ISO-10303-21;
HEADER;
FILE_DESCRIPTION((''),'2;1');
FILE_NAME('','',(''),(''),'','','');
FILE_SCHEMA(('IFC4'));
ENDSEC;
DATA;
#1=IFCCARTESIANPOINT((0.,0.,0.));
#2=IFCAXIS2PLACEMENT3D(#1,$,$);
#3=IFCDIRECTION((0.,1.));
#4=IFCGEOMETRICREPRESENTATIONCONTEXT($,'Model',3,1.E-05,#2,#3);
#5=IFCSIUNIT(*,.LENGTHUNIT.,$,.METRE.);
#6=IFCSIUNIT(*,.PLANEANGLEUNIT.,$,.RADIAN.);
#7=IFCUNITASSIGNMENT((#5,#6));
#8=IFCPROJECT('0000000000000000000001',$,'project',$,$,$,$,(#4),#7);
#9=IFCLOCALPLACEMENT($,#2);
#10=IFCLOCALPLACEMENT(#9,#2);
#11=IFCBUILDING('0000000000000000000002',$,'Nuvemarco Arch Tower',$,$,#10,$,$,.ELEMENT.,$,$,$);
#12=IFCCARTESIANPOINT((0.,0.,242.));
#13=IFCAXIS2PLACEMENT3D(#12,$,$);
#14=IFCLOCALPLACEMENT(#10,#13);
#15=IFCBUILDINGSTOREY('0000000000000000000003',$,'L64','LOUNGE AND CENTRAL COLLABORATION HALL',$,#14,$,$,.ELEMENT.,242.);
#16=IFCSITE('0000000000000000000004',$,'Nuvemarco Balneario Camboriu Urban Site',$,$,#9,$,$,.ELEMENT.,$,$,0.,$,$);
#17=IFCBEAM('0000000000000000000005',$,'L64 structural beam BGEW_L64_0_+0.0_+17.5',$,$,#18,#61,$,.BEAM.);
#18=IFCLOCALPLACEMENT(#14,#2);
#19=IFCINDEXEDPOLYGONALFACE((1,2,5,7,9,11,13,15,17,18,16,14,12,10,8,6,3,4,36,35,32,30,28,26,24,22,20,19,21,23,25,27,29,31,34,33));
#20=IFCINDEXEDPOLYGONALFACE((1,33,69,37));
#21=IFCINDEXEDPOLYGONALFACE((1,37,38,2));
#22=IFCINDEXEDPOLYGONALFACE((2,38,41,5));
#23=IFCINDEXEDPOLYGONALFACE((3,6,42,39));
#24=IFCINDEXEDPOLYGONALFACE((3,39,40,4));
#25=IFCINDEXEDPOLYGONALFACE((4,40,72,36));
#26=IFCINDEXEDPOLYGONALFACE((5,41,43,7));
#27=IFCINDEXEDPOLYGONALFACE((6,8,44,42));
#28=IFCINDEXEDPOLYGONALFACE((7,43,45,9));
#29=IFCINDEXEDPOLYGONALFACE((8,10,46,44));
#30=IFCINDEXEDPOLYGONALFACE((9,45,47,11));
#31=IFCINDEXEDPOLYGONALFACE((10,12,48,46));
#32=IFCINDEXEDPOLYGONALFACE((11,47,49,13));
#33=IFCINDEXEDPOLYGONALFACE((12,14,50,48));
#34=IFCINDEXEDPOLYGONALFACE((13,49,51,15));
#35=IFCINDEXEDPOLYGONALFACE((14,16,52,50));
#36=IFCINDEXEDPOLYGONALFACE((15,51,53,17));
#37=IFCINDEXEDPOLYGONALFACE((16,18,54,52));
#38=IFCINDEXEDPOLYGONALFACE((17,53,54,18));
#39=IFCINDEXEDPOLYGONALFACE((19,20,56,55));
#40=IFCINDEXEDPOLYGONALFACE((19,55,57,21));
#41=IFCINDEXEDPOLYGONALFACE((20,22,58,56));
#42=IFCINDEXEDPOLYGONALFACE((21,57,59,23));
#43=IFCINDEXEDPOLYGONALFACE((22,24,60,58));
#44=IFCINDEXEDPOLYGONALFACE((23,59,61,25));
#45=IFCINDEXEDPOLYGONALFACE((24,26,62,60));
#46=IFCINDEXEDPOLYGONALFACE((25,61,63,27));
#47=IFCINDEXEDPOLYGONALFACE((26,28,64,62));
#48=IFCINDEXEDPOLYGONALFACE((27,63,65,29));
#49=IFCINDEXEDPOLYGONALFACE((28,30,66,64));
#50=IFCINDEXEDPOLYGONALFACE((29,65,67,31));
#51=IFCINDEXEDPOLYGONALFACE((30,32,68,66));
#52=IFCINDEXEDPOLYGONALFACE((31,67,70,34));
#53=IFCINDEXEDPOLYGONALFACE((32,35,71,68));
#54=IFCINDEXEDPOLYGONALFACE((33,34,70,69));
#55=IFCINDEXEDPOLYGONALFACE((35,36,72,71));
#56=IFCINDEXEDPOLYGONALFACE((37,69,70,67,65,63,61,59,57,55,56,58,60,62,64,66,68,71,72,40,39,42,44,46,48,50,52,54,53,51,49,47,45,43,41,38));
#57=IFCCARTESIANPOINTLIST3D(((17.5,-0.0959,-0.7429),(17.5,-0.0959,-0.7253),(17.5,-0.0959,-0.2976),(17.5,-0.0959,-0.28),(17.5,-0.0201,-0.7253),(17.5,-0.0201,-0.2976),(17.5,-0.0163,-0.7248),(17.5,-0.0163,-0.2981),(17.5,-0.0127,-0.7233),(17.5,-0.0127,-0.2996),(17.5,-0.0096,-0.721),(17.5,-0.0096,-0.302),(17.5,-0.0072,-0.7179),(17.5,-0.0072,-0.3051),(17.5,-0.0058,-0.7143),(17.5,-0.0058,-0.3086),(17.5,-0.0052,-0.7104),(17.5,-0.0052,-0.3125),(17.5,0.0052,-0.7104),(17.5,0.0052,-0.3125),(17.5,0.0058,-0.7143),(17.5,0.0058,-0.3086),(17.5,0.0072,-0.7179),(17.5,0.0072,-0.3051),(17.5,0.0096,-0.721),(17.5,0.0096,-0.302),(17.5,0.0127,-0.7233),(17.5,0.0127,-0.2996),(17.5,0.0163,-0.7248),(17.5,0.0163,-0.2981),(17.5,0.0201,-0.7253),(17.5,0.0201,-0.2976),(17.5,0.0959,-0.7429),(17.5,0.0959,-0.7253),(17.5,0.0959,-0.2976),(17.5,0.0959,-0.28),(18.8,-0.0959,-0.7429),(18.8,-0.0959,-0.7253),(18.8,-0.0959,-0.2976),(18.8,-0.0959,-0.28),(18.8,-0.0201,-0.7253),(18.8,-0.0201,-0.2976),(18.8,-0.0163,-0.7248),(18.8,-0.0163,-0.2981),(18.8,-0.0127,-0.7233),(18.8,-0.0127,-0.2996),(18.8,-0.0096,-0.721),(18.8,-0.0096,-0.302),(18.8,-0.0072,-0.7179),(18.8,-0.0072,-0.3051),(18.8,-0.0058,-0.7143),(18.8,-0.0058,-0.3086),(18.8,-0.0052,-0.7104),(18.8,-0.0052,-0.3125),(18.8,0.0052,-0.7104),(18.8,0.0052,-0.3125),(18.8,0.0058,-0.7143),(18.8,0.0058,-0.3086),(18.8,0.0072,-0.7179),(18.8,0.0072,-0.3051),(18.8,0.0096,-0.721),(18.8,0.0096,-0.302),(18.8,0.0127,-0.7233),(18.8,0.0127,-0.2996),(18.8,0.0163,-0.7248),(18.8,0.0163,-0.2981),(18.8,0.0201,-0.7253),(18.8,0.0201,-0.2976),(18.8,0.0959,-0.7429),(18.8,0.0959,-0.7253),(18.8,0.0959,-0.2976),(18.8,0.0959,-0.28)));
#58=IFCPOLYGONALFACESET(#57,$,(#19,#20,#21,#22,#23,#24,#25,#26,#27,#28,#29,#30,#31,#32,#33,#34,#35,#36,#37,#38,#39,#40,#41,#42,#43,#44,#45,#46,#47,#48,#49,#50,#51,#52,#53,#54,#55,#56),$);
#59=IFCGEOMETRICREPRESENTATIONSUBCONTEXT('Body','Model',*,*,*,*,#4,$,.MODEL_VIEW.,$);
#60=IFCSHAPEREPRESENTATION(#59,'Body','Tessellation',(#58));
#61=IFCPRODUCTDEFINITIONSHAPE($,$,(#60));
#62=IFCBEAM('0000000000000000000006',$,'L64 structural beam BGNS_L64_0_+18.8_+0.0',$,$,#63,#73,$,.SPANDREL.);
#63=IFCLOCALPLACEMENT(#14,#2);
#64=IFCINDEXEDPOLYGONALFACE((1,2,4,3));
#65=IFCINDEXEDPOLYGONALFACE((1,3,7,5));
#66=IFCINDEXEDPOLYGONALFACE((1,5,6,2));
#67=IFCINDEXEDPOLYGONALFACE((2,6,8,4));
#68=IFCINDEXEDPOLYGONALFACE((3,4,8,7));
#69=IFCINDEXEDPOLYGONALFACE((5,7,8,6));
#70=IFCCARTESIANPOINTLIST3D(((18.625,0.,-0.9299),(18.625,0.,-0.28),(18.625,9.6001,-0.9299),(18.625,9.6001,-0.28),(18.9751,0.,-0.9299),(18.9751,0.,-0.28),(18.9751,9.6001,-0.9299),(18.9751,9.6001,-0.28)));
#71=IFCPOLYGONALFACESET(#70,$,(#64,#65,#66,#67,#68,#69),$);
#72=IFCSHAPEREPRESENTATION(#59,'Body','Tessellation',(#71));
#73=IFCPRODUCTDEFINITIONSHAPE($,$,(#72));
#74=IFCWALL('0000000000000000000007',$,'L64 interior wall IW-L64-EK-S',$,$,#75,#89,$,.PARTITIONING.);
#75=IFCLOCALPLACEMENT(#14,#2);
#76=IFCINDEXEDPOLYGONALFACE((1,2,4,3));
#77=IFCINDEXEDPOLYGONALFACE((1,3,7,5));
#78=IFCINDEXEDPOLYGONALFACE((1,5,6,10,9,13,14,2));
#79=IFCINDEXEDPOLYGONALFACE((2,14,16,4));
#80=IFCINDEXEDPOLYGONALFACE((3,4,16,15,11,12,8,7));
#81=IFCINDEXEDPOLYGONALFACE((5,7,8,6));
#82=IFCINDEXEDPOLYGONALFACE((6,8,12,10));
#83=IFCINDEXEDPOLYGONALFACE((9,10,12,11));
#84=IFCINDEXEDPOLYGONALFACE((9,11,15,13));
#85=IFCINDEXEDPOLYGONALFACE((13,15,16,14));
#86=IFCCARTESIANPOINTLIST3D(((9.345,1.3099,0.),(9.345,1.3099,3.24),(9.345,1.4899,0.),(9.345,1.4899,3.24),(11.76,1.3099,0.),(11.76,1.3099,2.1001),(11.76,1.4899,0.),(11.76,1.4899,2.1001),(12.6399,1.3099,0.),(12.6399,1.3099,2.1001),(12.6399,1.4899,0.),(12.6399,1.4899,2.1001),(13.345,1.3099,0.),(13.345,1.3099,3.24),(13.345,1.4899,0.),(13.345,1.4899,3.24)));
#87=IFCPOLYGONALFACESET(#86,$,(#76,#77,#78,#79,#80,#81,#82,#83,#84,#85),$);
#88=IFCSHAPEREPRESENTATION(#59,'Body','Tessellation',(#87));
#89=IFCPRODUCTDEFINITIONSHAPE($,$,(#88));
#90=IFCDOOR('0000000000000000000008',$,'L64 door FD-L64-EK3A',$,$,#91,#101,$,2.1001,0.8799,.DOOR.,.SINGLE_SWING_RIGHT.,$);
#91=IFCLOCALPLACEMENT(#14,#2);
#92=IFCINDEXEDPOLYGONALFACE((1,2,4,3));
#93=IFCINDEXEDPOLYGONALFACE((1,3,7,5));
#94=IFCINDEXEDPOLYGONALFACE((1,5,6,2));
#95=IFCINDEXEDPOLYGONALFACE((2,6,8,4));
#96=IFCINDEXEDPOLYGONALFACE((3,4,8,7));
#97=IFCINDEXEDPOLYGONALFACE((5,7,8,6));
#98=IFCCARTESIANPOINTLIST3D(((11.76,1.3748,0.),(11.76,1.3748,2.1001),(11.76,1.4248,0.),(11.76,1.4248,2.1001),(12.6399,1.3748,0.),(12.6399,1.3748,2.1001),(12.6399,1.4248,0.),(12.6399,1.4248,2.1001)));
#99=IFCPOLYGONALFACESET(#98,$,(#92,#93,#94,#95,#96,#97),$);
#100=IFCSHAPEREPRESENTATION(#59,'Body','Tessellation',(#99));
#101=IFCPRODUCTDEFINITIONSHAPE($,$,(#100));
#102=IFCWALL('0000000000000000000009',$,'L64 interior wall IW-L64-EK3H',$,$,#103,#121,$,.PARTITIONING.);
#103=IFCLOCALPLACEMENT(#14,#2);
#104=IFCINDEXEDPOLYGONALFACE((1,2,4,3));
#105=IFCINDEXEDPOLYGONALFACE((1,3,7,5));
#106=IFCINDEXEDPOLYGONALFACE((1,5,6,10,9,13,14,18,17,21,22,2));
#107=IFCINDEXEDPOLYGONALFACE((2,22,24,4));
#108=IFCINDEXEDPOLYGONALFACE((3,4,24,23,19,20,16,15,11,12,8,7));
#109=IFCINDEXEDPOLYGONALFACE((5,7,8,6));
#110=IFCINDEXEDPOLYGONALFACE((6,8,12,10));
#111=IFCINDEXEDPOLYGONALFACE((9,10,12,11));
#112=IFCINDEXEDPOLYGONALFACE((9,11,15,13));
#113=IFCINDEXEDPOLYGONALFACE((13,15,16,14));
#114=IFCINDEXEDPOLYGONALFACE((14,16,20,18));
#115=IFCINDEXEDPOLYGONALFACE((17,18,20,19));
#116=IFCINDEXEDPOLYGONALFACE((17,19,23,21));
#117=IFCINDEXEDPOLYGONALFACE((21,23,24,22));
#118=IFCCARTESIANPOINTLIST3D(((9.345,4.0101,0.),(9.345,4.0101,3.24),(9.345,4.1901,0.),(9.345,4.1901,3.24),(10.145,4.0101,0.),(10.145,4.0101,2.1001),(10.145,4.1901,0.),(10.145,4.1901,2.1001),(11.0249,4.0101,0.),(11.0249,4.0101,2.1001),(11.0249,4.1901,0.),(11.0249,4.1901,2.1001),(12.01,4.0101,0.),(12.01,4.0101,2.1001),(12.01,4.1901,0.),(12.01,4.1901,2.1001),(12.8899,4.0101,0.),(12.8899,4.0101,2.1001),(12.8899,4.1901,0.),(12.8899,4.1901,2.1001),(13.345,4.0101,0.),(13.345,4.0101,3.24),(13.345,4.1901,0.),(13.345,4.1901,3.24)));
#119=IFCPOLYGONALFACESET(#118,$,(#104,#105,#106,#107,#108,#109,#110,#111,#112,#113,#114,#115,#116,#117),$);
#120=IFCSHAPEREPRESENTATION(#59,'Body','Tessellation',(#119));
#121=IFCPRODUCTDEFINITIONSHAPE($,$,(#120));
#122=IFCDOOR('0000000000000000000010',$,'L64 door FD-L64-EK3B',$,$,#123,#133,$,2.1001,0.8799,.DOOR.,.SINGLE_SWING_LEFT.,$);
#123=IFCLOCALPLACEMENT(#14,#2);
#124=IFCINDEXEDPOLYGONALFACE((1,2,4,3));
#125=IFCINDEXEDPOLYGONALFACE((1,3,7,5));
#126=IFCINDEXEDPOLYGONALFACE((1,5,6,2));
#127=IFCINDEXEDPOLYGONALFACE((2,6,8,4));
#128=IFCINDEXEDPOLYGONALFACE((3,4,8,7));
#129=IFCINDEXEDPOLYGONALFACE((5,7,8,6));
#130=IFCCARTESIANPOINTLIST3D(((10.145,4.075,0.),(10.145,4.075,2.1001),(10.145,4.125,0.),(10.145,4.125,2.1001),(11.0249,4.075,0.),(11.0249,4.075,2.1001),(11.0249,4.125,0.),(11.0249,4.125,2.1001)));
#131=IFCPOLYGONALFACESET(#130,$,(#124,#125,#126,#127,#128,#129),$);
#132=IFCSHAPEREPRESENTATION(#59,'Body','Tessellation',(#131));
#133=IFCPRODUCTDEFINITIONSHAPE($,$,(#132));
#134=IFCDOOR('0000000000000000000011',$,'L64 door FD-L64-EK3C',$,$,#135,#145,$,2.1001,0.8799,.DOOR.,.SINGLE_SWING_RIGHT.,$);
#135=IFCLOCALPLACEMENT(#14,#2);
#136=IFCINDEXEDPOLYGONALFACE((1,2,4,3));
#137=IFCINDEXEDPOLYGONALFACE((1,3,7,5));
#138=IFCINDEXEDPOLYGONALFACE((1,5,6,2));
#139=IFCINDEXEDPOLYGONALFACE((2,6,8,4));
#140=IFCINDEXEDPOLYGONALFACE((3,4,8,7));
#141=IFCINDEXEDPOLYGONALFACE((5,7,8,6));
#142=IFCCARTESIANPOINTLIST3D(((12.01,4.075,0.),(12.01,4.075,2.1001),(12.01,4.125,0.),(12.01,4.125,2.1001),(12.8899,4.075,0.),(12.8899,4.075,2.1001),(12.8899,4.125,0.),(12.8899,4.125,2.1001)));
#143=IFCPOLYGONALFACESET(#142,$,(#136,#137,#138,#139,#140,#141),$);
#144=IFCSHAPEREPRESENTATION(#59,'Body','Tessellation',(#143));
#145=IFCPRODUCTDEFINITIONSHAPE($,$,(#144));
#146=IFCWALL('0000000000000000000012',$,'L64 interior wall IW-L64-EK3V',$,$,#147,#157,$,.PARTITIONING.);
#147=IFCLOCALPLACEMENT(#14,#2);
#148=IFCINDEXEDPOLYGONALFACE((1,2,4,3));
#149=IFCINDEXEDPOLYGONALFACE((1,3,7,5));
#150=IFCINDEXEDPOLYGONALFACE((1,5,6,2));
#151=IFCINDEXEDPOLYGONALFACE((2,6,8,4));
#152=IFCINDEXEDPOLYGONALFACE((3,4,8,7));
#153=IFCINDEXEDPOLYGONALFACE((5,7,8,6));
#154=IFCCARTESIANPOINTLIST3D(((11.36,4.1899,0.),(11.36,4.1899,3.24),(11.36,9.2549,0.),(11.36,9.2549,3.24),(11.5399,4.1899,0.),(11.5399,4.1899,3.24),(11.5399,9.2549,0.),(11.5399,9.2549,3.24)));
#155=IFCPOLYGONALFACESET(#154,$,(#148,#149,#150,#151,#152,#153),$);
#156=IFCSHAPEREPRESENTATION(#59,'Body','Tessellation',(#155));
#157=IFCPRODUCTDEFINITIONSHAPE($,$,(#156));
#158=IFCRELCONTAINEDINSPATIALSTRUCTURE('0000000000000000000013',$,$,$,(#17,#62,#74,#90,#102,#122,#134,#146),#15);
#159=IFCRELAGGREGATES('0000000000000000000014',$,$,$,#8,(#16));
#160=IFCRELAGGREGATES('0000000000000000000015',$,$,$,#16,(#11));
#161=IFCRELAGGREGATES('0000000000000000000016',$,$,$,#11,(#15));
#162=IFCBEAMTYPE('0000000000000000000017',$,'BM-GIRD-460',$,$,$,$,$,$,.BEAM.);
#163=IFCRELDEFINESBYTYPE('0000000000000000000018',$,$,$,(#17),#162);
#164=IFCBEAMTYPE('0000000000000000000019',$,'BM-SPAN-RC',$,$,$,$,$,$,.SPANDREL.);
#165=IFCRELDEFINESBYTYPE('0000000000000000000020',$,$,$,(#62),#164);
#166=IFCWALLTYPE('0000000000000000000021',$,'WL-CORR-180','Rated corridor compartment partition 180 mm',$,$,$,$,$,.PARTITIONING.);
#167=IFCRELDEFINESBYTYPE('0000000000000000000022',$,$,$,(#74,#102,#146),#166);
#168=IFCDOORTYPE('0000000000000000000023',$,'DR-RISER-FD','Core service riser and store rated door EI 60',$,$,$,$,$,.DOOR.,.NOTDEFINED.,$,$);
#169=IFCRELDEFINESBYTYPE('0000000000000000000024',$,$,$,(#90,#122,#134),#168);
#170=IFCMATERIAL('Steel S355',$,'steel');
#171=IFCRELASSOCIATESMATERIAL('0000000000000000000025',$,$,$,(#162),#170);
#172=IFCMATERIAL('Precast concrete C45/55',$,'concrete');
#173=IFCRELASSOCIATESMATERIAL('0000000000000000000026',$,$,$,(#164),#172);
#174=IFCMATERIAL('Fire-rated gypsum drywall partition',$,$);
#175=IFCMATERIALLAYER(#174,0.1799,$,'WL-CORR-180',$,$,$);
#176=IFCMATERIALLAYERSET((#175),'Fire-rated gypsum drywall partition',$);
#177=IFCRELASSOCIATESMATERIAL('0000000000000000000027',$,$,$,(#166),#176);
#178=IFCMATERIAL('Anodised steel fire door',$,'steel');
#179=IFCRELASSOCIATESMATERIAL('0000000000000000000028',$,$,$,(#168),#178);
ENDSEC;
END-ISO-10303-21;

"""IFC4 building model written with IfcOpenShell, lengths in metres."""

from ifc_helpers import new_model, si_unit, direction, frame, frame_2d, origin, origin_2d, place, context, subcontext, project, spatial, rectangle, i_section, extrude, source, transform, mapped, material, layer, layer_set, material_profile, profile_set, type_object, type_shapes, element, fill, save


model = new_model("IFC4")

# Units and contexts
model_context = context("Model", 3, precision=1e-05, world=origin(), true_north=direction((0.0, 1.0)))
body_context = subcontext(model_context, "Body", "Model", "MODEL_VIEW")
ifc_project = project(units=[si_unit("LENGTHUNIT", "METRE"), si_unit("PLANEANGLEUNIT", "RADIAN")], contexts=[model_context])

# Site, building, storey
site_placement = place(None, origin())
site = spatial("IfcSite", under=ifc_project, at=site_placement, Name="Nuvemarco Balneario Camboriu Urban Site", CompositionType="ELEMENT", RefElevation=0.0)
building_placement = place(site_placement, origin())
building = spatial("IfcBuilding", under=site, at=building_placement, Name="Nuvemarco Arch Tower", CompositionType="ELEMENT")
storey_placement = place(building_placement, frame((0.0, 0.0, 242.0)))
storey = spatial("IfcBuildingStorey", under=building, at=storey_placement, Name="L64", Description="LOUNGE AND CENTRAL COLLABORATION HALL", CompositionType="ELEMENT", Elevation=242.0)

# Shared definitions
ifc_material_1 = material(Name="Steel S355", Category="steel")

# Beams
ifc_material_profile_1 = material_profile(ifc_material_1, i_section(OverallWidth=0.1919, OverallDepth=0.4629, WebThickness=0.0105, FlangeThickness=0.0176, FilletRadius=0.0149, at=origin_2d()), Name="W460x89")
ifc_profile_set_1 = profile_set([ifc_material_profile_1], Name="Steel S355")
beam_type_1 = type_object("IfcBeamType", Name="BM-GIRD-460", PredefinedType="BEAM", material=ifc_profile_set_1)
beam_1_placement = place(storey_placement, frame((17.5, 0.0, -0.5115), z_axis=(1.0, 0.0, 0.0), x_axis=(0.0, 1.0, 0.0)))
element("IfcBeam", 1, at=beam_1_placement, inside=storey, type_object=beam_type_1, Name="L64 structural beam BGEW_L64_0_+0.0_+17.5", PredefinedType="BEAM", context=body_context, shape_type="SweptSolid", body=[
    extrude(i_section(OverallWidth=0.1919, OverallDepth=0.4629, WebThickness=0.0105, FlangeThickness=0.0176, FilletRadius=0.0149, at=origin_2d()), origin(), (0.0, 0.0, 1.0), 1.3),
])
ifc_material_2 = material(Name="Precast concrete C45/55", Category="concrete")
ifc_material_profile_2 = material_profile(ifc_material_2, rectangle(XDim=0.3501, YDim=0.6499, at=origin_2d()), Name="PC-SP-350x650")
ifc_profile_set_2 = profile_set([ifc_material_profile_2], Name="Precast concrete C45/55")
beam_type_2 = type_object("IfcBeamType", Name="BM-SPAN-RC", PredefinedType="SPANDREL", material=ifc_profile_set_2)
beam_2_placement = place(storey_placement, frame((18.8, 0.0, -0.605), z_axis=(0.0, 1.0, 0.0), x_axis=(-1.0, 0.0, 0.0)))
element("IfcBeam", 2, at=beam_2_placement, inside=storey, type_object=beam_type_2, Name="L64 structural beam BGNS_L64_0_+18.8_+0.0", PredefinedType="SPANDREL", context=body_context, shape_type="SweptSolid", body=[
    extrude(rectangle(XDim=0.3501, YDim=0.6499, at=origin_2d()), origin(), (0.0, 0.0, 1.0), 9.6001),
])

# Wall, opening, door
ifc_material_3 = material(Name="Fire-rated gypsum drywall partition")
ifc_layer_1 = layer(ifc_material_3, 0.1799, Name="WL-CORR-180")
ifc_layer_set_1 = layer_set([ifc_layer_1], Name="Fire-rated gypsum drywall partition")
wall_type_1 = type_object("IfcWallType", Name="WL-CORR-180", Description="Rated corridor compartment partition 180 mm", PredefinedType="PARTITIONING", material=ifc_layer_set_1)
wall_1_placement = place(storey_placement, frame((9.345, 1.3999, 0.0), z_axis=(0.0, 0.0, 1.0), x_axis=(1.0, 0.0, 0.0)))
wall_1 = element("IfcWall", 3, at=wall_1_placement, inside=storey, type_object=wall_type_1, Name="L64 interior wall IW-L64-EK-S", PredefinedType="PARTITIONING", context=body_context, shape_type="SweptSolid", body=[
    extrude(rectangle(XDim=4.0, YDim=0.1799, at=frame_2d((2.0, 0.0))), origin(), (0.0, 0.0, 1.0), 3.24),
])
opening_1_placement = place(wall_1_placement, frame((2.415, 0.0, 0.0)))
opening_1 = element("IfcOpeningElement", 4, at=opening_1_placement, cuts=wall_1, PredefinedType="OPENING", context=body_context, shape_type="SweptSolid", body=[
    extrude(rectangle(XDim=0.8799, YDim=2.1001, at=frame_2d((0.4399, 1.05))), frame((0.0, 0.0999, 0.0), z_axis=(0.0, -1.0, 0.0), x_axis=(1.0, 0.0, 0.0)), (0.0, 0.0, 1.0), 0.2),
])
ifc_material_4 = material(Name="Anodised steel fire door", Category="steel")
door_type_1 = type_object("IfcDoorType", Name="DR-RISER-FD", Description="Core service riser and store rated door EI 60", OperationType="NOTDEFINED", PredefinedType="DOOR", material=ifc_material_4)
shared_shape_1 = source(origin(), body_context, "Body", "SweptSolid", [
    extrude(rectangle(XDim=0.8799, YDim=2.1001, at=frame_2d((0.4399, 1.05))), frame((0.0, 0.0249, 0.0), z_axis=(0.0, -1.0, 0.0), x_axis=(1.0, 0.0, 0.0)), (0.0, 0.0, 1.0), 0.05),
])
type_shapes(door_type_1, [shared_shape_1])
door_1_placement = place(opening_1_placement, origin())
door_1 = element("IfcDoor", 5, at=door_1_placement, inside=storey, type_object=door_type_1, Name="L64 door FD-L64-EK3A", OperationType="SINGLE_SWING_RIGHT", OverallHeight=2.1001, OverallWidth=0.8799, PredefinedType="DOOR", context=body_context, shape_type="MappedRepresentation", body=[
    mapped(shared_shape_1, transform((0.0, 0.0, 0.0), scale=1.0)),
])
fill(opening_1, door_1)

# Wall, openings, doors
wall_2_placement = place(storey_placement, frame((9.345, 4.1001, 0.0), z_axis=(0.0, 0.0, 1.0), x_axis=(1.0, 0.0, 0.0)))
wall_2 = element("IfcWall", 6, at=wall_2_placement, inside=storey, type_object=wall_type_1, Name="L64 interior wall IW-L64-EK3H", PredefinedType="PARTITIONING", context=body_context, shape_type="SweptSolid", body=[
    extrude(rectangle(XDim=4.0, YDim=0.1799, at=frame_2d((2.0, 0.0))), origin(), (0.0, 0.0, 1.0), 3.24),
])
opening_2_placement = place(wall_2_placement, frame((0.8, 0.0, 0.0)))
opening_2 = element("IfcOpeningElement", 7, at=opening_2_placement, cuts=wall_2, PredefinedType="OPENING", context=body_context, shape_type="SweptSolid", body=[
    extrude(rectangle(XDim=0.8799, YDim=2.1001, at=frame_2d((0.4399, 1.05))), frame((0.0, 0.0999, 0.0), z_axis=(0.0, -1.0, 0.0), x_axis=(1.0, 0.0, 0.0)), (0.0, 0.0, 1.0), 0.2),
])
opening_3_placement = place(wall_2_placement, frame((2.665, 0.0, 0.0)))
opening_3 = element("IfcOpeningElement", 8, at=opening_3_placement, cuts=wall_2, PredefinedType="OPENING", context=body_context, shape_type="SweptSolid", body=[
    extrude(rectangle(XDim=0.8799, YDim=2.1001, at=frame_2d((0.4399, 1.05))), frame((0.0, 0.0999, 0.0), z_axis=(0.0, -1.0, 0.0), x_axis=(1.0, 0.0, 0.0)), (0.0, 0.0, 1.0), 0.2),
])
door_2_placement = place(opening_2_placement, origin())
door_2 = element("IfcDoor", 9, at=door_2_placement, inside=storey, type_object=door_type_1, Name="L64 door FD-L64-EK3B", OperationType="SINGLE_SWING_LEFT", OverallHeight=2.1001, OverallWidth=0.8799, PredefinedType="DOOR", context=body_context, shape_type="MappedRepresentation", body=[
    mapped(shared_shape_1, transform((0.0, 0.0, 0.0), scale=1.0)),
])
fill(opening_2, door_2)
door_3_placement = place(opening_3_placement, origin())
door_3 = element("IfcDoor", 10, at=door_3_placement, inside=storey, type_object=door_type_1, Name="L64 door FD-L64-EK3C", OperationType="SINGLE_SWING_RIGHT", OverallHeight=2.1001, OverallWidth=0.8799, PredefinedType="DOOR", context=body_context, shape_type="MappedRepresentation", body=[
    mapped(shared_shape_1, transform((0.0, 0.0, 0.0), scale=1.0)),
])
fill(opening_3, door_3)

# Wall
wall_3_placement = place(storey_placement, frame((11.45, 4.1899, 0.0), z_axis=(0.0, 0.0, 1.0), x_axis=(0.0, 1.0, 0.0)))
element("IfcWall", 11, at=wall_3_placement, inside=storey, type_object=wall_type_1, Name="L64 interior wall IW-L64-EK3V", PredefinedType="PARTITIONING", context=body_context, shape_type="SweptSolid", body=[
    extrude(rectangle(XDim=5.0649, YDim=0.1799, at=frame_2d((2.5325, 0.0))), origin(), (0.0, 0.0, 1.0), 3.24),
])

save(model, "model.ifc")
